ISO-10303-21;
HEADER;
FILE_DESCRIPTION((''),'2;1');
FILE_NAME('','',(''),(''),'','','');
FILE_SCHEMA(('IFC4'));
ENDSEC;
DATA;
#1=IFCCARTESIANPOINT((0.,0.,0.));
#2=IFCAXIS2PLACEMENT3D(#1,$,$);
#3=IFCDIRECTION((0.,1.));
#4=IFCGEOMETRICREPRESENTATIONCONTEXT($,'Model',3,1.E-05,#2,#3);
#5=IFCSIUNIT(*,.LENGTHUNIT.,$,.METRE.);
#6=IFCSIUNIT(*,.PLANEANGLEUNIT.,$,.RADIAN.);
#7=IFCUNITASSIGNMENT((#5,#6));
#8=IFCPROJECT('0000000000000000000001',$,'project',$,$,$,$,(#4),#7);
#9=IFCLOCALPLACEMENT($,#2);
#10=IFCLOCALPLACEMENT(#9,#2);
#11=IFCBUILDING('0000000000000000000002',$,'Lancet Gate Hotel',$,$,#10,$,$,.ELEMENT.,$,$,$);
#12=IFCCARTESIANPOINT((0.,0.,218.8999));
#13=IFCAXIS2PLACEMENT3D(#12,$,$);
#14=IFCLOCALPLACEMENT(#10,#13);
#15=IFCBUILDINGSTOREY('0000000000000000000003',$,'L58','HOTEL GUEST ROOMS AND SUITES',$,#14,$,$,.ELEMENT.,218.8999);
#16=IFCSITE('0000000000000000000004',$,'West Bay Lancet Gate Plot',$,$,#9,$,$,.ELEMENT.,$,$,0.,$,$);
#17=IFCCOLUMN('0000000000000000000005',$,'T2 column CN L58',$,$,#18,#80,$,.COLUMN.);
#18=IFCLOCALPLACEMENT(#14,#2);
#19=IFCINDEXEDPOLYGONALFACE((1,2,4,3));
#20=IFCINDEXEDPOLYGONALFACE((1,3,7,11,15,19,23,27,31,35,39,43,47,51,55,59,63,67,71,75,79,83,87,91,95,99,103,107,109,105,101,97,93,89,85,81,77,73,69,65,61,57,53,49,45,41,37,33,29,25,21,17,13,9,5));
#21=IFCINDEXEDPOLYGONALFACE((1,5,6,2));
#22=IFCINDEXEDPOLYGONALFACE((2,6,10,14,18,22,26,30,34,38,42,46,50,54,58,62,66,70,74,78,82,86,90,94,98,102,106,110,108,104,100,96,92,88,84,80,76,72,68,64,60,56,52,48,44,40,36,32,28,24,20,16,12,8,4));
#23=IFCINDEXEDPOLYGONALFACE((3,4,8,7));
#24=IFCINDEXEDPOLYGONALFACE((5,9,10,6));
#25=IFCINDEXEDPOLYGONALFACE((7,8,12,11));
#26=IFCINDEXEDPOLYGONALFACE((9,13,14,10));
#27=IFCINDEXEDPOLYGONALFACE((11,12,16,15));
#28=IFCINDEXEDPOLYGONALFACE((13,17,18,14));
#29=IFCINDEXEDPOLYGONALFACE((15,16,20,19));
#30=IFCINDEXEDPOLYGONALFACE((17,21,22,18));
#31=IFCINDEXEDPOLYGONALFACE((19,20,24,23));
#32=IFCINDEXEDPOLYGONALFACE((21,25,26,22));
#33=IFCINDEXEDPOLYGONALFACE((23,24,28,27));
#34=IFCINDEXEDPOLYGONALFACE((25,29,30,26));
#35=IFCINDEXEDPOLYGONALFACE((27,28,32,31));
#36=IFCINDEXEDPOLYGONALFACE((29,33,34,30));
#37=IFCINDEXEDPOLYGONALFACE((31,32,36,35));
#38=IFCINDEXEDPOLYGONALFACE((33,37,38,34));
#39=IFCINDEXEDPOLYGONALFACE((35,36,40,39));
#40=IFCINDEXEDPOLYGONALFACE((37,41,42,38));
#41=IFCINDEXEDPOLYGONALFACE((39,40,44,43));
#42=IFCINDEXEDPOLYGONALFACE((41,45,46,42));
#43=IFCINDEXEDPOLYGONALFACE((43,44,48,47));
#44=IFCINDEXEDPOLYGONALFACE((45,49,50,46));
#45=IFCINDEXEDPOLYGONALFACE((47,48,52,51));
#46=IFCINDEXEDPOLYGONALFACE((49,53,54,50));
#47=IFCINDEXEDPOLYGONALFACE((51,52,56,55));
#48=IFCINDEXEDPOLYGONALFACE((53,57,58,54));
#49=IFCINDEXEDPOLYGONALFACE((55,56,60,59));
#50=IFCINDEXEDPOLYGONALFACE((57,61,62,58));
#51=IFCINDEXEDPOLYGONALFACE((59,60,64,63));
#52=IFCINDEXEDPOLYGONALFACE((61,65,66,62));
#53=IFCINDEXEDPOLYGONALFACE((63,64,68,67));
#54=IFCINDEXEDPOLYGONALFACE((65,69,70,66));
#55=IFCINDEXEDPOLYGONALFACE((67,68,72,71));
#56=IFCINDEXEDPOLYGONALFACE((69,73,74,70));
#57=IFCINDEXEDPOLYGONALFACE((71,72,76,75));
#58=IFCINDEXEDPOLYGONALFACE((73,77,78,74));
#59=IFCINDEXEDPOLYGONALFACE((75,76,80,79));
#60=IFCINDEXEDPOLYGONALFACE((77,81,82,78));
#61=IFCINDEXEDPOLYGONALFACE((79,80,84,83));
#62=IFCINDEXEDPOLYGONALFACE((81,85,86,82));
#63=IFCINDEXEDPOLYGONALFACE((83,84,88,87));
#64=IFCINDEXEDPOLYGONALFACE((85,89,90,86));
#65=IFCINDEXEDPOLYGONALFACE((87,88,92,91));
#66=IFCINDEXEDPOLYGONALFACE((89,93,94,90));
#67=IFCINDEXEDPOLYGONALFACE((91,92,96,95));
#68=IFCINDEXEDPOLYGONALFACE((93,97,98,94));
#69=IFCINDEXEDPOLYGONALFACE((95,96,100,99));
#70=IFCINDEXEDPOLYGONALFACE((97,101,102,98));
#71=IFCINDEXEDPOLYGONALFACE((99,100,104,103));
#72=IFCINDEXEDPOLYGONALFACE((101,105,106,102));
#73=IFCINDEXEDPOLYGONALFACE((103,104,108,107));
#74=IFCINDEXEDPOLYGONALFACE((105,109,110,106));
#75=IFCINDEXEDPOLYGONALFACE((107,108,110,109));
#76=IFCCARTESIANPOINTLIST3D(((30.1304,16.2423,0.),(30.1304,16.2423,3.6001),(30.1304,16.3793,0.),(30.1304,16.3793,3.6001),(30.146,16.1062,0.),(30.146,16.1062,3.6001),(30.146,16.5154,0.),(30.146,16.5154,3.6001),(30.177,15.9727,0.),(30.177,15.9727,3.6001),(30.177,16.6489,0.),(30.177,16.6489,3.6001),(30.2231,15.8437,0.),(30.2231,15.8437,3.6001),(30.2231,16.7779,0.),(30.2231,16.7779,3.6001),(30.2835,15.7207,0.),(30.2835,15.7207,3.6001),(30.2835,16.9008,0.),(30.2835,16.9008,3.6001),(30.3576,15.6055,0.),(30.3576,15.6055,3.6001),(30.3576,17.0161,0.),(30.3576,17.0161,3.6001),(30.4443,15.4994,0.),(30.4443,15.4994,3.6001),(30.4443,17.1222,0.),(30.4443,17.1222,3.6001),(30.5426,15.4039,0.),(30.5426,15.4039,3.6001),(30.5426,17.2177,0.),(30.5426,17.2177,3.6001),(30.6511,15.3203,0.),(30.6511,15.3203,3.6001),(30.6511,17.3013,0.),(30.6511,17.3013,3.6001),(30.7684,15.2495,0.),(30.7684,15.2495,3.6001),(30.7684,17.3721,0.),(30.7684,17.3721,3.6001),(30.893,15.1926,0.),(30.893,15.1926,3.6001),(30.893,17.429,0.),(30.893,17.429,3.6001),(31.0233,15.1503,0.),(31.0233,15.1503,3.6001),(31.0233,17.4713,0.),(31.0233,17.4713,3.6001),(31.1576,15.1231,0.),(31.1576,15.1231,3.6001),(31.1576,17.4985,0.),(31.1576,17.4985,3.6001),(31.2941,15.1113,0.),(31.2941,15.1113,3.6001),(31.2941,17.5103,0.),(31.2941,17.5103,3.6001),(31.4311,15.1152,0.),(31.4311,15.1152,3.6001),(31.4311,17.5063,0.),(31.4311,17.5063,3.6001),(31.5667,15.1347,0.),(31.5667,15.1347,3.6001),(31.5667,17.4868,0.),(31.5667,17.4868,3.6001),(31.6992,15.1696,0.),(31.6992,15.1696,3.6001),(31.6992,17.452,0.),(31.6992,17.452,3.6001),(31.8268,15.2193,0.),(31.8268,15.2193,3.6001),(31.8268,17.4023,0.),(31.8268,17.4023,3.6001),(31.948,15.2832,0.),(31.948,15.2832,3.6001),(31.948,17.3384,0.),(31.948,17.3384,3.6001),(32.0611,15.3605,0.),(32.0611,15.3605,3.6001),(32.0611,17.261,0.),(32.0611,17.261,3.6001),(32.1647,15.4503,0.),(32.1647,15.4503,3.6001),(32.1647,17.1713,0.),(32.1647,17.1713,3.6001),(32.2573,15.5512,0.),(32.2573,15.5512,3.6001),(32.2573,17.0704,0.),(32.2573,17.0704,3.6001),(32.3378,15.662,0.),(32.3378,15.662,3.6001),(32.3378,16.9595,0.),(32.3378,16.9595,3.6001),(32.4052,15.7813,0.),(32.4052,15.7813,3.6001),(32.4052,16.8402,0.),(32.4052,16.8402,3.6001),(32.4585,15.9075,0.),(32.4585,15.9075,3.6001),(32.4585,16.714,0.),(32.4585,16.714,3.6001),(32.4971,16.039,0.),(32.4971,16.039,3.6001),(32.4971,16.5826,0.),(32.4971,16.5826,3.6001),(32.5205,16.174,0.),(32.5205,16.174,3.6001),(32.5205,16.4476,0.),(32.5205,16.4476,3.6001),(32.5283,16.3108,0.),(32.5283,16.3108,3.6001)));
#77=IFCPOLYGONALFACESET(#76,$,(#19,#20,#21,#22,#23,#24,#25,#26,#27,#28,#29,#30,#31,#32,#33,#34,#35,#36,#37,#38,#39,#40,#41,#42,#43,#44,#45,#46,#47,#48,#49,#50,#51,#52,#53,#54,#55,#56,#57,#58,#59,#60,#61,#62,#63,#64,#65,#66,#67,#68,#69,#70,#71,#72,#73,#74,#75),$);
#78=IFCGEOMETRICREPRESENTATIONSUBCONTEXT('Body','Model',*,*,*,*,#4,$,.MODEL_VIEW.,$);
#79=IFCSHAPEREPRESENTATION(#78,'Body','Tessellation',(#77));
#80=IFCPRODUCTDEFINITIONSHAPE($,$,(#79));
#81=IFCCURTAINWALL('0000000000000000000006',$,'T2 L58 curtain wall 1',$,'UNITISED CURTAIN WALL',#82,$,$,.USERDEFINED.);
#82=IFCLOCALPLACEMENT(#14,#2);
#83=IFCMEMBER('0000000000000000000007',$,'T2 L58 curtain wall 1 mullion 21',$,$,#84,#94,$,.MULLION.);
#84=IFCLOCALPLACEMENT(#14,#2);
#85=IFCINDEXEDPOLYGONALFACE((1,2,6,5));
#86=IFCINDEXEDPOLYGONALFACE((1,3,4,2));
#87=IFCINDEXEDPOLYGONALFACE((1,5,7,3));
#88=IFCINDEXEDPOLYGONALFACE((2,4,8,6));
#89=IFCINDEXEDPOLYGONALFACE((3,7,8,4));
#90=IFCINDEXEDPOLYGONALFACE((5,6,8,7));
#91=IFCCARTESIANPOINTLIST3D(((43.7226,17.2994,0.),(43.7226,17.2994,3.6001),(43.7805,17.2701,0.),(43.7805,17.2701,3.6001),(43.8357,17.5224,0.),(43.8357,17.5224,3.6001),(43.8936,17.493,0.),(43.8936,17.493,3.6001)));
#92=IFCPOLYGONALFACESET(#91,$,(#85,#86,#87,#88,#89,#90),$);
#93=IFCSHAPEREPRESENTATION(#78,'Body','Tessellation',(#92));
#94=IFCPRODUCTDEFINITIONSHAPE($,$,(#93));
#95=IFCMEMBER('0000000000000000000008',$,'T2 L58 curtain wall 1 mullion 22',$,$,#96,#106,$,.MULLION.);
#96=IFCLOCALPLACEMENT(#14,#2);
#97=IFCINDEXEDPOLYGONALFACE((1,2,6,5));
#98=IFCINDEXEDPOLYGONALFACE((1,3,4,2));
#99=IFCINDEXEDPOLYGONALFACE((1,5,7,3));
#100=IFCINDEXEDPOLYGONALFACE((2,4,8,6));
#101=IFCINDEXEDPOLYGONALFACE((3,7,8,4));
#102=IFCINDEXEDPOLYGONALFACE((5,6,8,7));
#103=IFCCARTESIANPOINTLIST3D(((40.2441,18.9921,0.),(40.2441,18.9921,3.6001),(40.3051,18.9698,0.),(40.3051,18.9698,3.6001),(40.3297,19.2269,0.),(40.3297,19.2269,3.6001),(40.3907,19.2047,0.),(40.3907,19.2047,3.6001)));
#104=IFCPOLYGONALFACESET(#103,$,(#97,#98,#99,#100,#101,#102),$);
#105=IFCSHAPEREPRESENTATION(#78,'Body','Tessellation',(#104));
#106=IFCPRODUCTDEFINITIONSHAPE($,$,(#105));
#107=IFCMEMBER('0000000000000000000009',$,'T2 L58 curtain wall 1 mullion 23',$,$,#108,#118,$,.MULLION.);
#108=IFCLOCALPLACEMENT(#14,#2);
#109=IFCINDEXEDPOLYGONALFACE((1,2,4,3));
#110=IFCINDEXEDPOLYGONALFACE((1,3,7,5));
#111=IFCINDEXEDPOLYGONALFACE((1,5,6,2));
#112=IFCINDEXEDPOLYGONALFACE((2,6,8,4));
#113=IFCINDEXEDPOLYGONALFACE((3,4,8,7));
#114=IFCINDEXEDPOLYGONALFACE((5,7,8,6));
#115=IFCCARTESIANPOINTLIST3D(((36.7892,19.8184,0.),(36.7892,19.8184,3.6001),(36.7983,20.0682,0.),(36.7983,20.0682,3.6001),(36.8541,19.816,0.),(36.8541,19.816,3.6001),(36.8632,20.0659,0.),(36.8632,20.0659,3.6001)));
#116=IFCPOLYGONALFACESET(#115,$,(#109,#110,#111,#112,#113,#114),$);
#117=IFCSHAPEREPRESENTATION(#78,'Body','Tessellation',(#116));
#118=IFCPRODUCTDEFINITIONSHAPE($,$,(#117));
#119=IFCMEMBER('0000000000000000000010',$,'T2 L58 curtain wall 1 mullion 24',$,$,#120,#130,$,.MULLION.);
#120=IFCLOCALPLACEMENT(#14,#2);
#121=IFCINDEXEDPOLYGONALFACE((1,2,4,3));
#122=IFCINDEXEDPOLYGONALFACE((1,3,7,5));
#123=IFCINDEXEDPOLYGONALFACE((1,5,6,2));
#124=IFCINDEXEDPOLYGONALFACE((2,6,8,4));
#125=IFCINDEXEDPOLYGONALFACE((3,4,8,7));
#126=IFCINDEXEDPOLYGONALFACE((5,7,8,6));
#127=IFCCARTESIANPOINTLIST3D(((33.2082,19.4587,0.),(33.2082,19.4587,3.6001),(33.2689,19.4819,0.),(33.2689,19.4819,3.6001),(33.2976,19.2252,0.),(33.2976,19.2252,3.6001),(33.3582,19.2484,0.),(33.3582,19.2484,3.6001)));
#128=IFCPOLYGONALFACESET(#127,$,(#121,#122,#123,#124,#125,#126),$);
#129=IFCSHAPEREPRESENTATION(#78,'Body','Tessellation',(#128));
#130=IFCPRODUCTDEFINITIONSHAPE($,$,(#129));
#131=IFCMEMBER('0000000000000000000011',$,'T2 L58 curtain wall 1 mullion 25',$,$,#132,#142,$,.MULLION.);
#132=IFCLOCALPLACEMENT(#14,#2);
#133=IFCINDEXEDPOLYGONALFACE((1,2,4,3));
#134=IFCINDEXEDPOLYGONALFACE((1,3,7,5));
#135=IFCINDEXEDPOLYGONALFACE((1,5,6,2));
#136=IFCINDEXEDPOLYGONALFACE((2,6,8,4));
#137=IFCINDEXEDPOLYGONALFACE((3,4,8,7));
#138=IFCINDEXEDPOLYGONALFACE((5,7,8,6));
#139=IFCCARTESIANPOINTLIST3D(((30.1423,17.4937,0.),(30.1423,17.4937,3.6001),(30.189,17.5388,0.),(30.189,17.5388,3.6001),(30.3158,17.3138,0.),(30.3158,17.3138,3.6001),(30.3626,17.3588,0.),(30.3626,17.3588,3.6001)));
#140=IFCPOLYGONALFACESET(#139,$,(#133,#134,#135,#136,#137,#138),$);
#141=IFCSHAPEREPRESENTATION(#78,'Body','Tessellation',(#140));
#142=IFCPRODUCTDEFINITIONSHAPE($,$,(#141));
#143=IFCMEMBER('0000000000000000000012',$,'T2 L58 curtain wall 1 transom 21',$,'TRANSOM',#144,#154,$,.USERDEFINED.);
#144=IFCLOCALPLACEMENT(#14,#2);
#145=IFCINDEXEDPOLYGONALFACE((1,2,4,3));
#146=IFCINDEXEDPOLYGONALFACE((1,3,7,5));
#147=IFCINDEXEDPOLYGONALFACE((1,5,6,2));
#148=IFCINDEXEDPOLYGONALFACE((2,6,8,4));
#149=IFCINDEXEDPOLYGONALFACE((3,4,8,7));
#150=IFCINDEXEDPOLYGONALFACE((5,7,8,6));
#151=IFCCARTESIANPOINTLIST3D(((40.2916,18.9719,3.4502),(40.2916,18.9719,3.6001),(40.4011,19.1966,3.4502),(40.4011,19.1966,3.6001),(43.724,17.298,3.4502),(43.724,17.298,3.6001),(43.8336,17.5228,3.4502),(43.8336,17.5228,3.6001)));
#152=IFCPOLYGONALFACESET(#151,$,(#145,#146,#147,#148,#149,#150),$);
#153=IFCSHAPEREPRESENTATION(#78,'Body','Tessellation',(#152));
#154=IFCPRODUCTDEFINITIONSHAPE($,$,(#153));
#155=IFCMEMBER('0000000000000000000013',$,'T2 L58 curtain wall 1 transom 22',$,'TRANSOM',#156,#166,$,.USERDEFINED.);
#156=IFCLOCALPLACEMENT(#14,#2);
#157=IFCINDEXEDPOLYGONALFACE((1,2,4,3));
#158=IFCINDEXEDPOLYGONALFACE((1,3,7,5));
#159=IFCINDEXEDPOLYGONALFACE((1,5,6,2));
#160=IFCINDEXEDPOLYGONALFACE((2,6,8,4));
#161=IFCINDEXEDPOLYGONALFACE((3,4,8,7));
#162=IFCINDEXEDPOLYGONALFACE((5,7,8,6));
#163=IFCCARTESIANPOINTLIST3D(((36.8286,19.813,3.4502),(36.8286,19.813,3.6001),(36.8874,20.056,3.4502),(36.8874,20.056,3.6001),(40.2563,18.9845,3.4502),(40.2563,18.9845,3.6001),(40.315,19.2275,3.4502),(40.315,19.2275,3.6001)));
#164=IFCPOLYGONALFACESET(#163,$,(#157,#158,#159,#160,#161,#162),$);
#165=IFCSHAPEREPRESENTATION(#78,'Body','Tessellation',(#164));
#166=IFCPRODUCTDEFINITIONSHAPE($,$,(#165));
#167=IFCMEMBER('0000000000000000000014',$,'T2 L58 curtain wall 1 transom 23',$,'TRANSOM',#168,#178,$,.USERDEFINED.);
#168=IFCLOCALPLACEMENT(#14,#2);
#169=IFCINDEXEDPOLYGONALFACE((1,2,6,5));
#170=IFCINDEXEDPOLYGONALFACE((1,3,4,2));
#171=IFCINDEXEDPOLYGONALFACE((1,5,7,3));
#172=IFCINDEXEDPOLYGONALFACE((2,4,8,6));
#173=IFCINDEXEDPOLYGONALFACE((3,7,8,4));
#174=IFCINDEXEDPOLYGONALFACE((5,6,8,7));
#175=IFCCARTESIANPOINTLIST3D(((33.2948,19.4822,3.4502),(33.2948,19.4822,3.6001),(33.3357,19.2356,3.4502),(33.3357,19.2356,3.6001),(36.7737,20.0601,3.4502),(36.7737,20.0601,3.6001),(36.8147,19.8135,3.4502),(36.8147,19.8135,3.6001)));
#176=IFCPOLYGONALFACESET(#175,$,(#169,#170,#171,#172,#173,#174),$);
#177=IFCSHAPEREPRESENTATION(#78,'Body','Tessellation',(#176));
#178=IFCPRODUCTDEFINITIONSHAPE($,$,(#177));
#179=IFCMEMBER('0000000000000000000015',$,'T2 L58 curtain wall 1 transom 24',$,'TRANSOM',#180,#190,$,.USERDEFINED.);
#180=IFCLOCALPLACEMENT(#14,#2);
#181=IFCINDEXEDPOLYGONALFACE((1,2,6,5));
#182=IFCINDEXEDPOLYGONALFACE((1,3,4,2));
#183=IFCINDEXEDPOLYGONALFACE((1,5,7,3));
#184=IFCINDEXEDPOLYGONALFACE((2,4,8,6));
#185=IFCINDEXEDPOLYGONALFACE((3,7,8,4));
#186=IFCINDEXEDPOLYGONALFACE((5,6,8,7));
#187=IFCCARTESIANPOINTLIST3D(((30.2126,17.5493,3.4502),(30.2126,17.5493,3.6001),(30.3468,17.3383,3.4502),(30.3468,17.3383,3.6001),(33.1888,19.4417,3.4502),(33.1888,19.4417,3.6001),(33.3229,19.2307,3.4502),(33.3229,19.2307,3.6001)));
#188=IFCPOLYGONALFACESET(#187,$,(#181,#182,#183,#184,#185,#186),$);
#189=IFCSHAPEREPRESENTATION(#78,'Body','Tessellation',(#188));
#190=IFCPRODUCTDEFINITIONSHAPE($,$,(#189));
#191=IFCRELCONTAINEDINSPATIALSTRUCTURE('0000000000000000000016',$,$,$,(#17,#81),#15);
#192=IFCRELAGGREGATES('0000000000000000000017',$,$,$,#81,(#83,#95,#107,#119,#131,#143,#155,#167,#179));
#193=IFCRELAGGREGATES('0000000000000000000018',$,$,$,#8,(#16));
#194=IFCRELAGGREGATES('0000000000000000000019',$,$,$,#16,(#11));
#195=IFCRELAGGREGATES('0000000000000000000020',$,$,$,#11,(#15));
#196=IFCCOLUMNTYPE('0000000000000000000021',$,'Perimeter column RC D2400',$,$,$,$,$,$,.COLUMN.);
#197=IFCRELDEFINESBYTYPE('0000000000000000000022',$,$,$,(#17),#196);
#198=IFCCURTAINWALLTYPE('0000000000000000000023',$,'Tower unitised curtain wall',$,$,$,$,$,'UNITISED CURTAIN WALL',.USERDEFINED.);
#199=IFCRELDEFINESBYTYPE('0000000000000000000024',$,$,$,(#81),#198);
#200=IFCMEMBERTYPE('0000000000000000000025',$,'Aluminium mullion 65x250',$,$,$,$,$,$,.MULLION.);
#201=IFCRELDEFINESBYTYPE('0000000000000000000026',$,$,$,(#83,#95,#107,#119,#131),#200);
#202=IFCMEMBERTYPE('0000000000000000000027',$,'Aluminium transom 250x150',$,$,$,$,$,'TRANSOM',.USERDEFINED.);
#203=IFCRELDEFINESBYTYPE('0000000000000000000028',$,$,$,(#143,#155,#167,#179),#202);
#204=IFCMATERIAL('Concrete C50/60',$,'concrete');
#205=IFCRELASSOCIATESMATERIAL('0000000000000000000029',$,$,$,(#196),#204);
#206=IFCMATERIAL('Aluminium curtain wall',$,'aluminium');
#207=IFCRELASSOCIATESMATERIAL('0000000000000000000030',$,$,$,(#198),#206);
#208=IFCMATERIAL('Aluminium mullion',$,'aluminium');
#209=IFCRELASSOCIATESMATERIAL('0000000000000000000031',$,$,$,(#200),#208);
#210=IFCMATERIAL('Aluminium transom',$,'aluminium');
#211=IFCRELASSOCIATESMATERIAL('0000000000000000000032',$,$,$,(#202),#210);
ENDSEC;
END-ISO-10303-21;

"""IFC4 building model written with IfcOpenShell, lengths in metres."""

from ifc_helpers import new_model, si_unit, direction, frame, origin, origin_2d, place, context, subcontext, project, spatial, rectangle, circle, extrude, material, material_profile, profile_set, type_object, element, aggregate, save


model = new_model("IFC4")

# Units and contexts
model_context = context("Model", 3, precision=1e-05, world=origin(), true_north=direction((0.0, 1.0)))
body_context = subcontext(model_context, "Body", "Model", "MODEL_VIEW")
ifc_project = project(units=[si_unit("LENGTHUNIT", "METRE"), si_unit("PLANEANGLEUNIT", "RADIAN")], contexts=[model_context])

# Site, building, storey
site_placement = place(None, origin())
site = spatial("IfcSite", under=ifc_project, at=site_placement, Name="West Bay Lancet Gate Plot", CompositionType="ELEMENT", RefElevation=0.0)
building_placement = place(site_placement, origin())
building = spatial("IfcBuilding", under=site, at=building_placement, Name="Lancet Gate Hotel", CompositionType="ELEMENT")
storey_placement = place(building_placement, frame((0.0, 0.0, 218.8999)))
storey = spatial("IfcBuildingStorey", under=building, at=storey_placement, Name="L58", Description="HOTEL GUEST ROOMS AND SUITES", CompositionType="ELEMENT", Elevation=218.8999)

# Column
ifc_material_1 = material(Name="Concrete C50/60", Category="concrete")
ifc_material_profile_1 = material_profile(ifc_material_1, circle(Radius=1.2, at=origin_2d()), Name="RC D2400")
ifc_profile_set_1 = profile_set([ifc_material_profile_1], Name="Concrete C50/60")
column_type = type_object("IfcColumnType", Name="Perimeter column RC D2400", PredefinedType="COLUMN", material=ifc_profile_set_1)
column_placement = place(storey_placement, frame((31.3284, 16.3108, 0.0), z_axis=(0.0, 0.0, 1.0), x_axis=(1.0, 0.0, 0.0)))
element("IfcColumn", 1, at=column_placement, inside=storey, type_object=column_type, Name="T2 column CN L58", PredefinedType="COLUMN", context=body_context, shape_type="SweptSolid", body=[
    extrude(circle(Radius=1.2, at=origin_2d()), origin(), (0.0, 0.0, 1.0), 3.6001),
])

# Curtain wall, members
ifc_material_2 = material(Name="Aluminium curtain wall", Category="aluminium")
curtain_wall_type = type_object("IfcCurtainWallType", Name="Tower unitised curtain wall", ElementType="UNITISED CURTAIN WALL", PredefinedType="USERDEFINED", material=ifc_material_2)
curtain_wall_placement = place(storey_placement, origin())
curtain_wall = element("IfcCurtainWall", 2, at=curtain_wall_placement, inside=storey, type_object=curtain_wall_type, Name="T2 L58 curtain wall 1", ObjectType="UNITISED CURTAIN WALL", PredefinedType="USERDEFINED")
ifc_material_3 = material(Name="Aluminium mullion", Category="aluminium")
ifc_material_profile_2 = material_profile(ifc_material_3, rectangle(XDim=0.0649, YDim=0.25, at=origin_2d()), Name="MULLION 65x250")
ifc_profile_set_2 = profile_set([ifc_material_profile_2], Name="Aluminium mullion")
member_type_1 = type_object("IfcMemberType", Name="Aluminium mullion 65x250", PredefinedType="MULLION", material=ifc_profile_set_2)
member_1_placement = place(storey_placement, frame((43.8081, 17.3962, 0.0), z_axis=(0.0, 0.0, 1.0), x_axis=(-0.891833, 0.452365, 0.0)))
member_1 = element("IfcMember", 3, at=member_1_placement, type_object=member_type_1, Name="T2 L58 curtain wall 1 mullion 21", PredefinedType="MULLION", context=body_context, shape_type="SweptSolid", body=[
    extrude(rectangle(XDim=0.0649, YDim=0.25, at=origin_2d()), origin(), (0.0, 0.0, 1.0), 3.6001),
])
member_2_placement = place(storey_placement, frame((40.3174, 19.0984, 0.0), z_axis=(0.0, 0.0, 1.0), x_axis=(-0.939484, 0.342593, 0.0)))
member_2 = element("IfcMember", 4, at=member_2_placement, type_object=member_type_1, Name="T2 L58 curtain wall 1 mullion 22", PredefinedType="MULLION", context=body_context, shape_type="SweptSolid", body=[
    extrude(rectangle(XDim=0.0649, YDim=0.25, at=origin_2d()), origin(), (0.0, 0.0, 1.0), 3.6001),
])
member_3_placement = place(storey_placement, frame((36.8262, 19.9421, 0.0), z_axis=(0.0, 0.0, 1.0), x_axis=(-0.999343, 0.03625, 0.0)))
member_3 = element("IfcMember", 5, at=member_3_placement, type_object=member_type_1, Name="T2 L58 curtain wall 1 mullion 23", PredefinedType="MULLION", context=body_context, shape_type="SweptSolid", body=[
    extrude(rectangle(XDim=0.0649, YDim=0.25, at=origin_2d()), origin(), (0.0, 0.0, 1.0), 3.6001),
])
member_4_placement = place(storey_placement, frame((33.2832, 19.3535, 0.0), z_axis=(0.0, 0.0, 1.0), x_axis=(-0.933943, -0.357421, 0.0)))
member_4 = element("IfcMember", 6, at=member_4_placement, type_object=member_type_1, Name="T2 L58 curtain wall 1 mullion 24", PredefinedType="MULLION", context=body_context, shape_type="SweptSolid", body=[
    extrude(rectangle(XDim=0.0649, YDim=0.25, at=origin_2d()), origin(), (0.0, 0.0, 1.0), 3.6001),
])
member_5_placement = place(storey_placement, frame((30.2524, 17.4263, 0.0), z_axis=(0.0, 0.0, 1.0), x_axis=(-0.719809, -0.694172, 0.0)))
member_5 = element("IfcMember", 7, at=member_5_placement, type_object=member_type_1, Name="T2 L58 curtain wall 1 mullion 25", PredefinedType="MULLION", context=body_context, shape_type="SweptSolid", body=[
    extrude(rectangle(XDim=0.0649, YDim=0.25, at=origin_2d()), origin(), (0.0, 0.0, 1.0), 3.6001),
])
ifc_material_4 = material(Name="Aluminium transom", Category="aluminium")
ifc_material_profile_3 = material_profile(ifc_material_4, rectangle(XDim=0.25, YDim=0.1499, at=origin_2d()), Name="TRANSOM 250x150")
ifc_profile_set_3 = profile_set([ifc_material_profile_3], Name="Aluminium transom")
member_type_2 = type_object("IfcMemberType", Name="Aluminium transom 250x150", ElementType="TRANSOM", PredefinedType="USERDEFINED", material=ifc_profile_set_3)
member_6_placement = place(storey_placement, frame((43.7788, 17.4104, 3.5251), z_axis=(-0.89882, 0.438318, 0.0), x_axis=(-0.438318, -0.89882, 0.0)))
member_6 = element("IfcMember", 8, at=member_6_placement, type_object=member_type_2, Name="T2 L58 curtain wall 1 transom 21", ObjectType="TRANSOM", PredefinedType="USERDEFINED", context=body_context, shape_type="SweptSolid", body=[
    extrude(rectangle(XDim=0.25, YDim=0.1499, at=origin_2d()), origin(), (0.0, 0.0, 1.0), 3.8188),
])
member_7_placement = place(storey_placement, frame((40.2856, 19.106, 3.5251), z_axis=(-0.972003, 0.23497, 0.0), x_axis=(-0.23497, -0.972003, 0.0)))
member_7 = element("IfcMember", 9, at=member_7_placement, type_object=member_type_2, Name="T2 L58 curtain wall 1 transom 22", ObjectType="TRANSOM", PredefinedType="USERDEFINED", context=body_context, shape_type="SweptSolid", body=[
    extrude(rectangle(XDim=0.25, YDim=0.1499, at=origin_2d()), origin(), (0.0, 0.0, 1.0), 3.5264),
])
member_8_placement = place(storey_placement, frame((36.7942, 19.9368, 3.5251), z_axis=(-0.986484, -0.16386, 0.0), x_axis=(0.16386, -0.986484, 0.0)))
member_8 = element("IfcMember", 10, at=member_8_placement, type_object=member_type_2, Name="T2 L58 curtain wall 1 transom 23", ObjectType="TRANSOM", PredefinedType="USERDEFINED", context=body_context, shape_type="SweptSolid", body=[
    extrude(rectangle(XDim=0.25, YDim=0.1499, at=origin_2d()), origin(), (0.0, 0.0, 1.0), 3.5266),
])
member_9_placement = place(storey_placement, frame((33.2559, 19.3362, 3.5251), z_axis=(-0.843858, -0.536566, 0.0), x_axis=(0.536566, -0.843858, 0.0)))
member_9 = element("IfcMember", 11, at=member_9_placement, type_object=member_type_2, Name="T2 L58 curtain wall 1 transom 24", ObjectType="TRANSOM", PredefinedType="USERDEFINED", context=body_context, shape_type="SweptSolid", body=[
    extrude(rectangle(XDim=0.25, YDim=0.1499, at=origin_2d()), origin(), (0.0, 0.0, 1.0), 3.5269),
])

aggregate(curtain_wall, [member_1, member_2, member_3, member_4, member_5, member_6, member_7, member_8, member_9])

save(model, "model.ifc")
